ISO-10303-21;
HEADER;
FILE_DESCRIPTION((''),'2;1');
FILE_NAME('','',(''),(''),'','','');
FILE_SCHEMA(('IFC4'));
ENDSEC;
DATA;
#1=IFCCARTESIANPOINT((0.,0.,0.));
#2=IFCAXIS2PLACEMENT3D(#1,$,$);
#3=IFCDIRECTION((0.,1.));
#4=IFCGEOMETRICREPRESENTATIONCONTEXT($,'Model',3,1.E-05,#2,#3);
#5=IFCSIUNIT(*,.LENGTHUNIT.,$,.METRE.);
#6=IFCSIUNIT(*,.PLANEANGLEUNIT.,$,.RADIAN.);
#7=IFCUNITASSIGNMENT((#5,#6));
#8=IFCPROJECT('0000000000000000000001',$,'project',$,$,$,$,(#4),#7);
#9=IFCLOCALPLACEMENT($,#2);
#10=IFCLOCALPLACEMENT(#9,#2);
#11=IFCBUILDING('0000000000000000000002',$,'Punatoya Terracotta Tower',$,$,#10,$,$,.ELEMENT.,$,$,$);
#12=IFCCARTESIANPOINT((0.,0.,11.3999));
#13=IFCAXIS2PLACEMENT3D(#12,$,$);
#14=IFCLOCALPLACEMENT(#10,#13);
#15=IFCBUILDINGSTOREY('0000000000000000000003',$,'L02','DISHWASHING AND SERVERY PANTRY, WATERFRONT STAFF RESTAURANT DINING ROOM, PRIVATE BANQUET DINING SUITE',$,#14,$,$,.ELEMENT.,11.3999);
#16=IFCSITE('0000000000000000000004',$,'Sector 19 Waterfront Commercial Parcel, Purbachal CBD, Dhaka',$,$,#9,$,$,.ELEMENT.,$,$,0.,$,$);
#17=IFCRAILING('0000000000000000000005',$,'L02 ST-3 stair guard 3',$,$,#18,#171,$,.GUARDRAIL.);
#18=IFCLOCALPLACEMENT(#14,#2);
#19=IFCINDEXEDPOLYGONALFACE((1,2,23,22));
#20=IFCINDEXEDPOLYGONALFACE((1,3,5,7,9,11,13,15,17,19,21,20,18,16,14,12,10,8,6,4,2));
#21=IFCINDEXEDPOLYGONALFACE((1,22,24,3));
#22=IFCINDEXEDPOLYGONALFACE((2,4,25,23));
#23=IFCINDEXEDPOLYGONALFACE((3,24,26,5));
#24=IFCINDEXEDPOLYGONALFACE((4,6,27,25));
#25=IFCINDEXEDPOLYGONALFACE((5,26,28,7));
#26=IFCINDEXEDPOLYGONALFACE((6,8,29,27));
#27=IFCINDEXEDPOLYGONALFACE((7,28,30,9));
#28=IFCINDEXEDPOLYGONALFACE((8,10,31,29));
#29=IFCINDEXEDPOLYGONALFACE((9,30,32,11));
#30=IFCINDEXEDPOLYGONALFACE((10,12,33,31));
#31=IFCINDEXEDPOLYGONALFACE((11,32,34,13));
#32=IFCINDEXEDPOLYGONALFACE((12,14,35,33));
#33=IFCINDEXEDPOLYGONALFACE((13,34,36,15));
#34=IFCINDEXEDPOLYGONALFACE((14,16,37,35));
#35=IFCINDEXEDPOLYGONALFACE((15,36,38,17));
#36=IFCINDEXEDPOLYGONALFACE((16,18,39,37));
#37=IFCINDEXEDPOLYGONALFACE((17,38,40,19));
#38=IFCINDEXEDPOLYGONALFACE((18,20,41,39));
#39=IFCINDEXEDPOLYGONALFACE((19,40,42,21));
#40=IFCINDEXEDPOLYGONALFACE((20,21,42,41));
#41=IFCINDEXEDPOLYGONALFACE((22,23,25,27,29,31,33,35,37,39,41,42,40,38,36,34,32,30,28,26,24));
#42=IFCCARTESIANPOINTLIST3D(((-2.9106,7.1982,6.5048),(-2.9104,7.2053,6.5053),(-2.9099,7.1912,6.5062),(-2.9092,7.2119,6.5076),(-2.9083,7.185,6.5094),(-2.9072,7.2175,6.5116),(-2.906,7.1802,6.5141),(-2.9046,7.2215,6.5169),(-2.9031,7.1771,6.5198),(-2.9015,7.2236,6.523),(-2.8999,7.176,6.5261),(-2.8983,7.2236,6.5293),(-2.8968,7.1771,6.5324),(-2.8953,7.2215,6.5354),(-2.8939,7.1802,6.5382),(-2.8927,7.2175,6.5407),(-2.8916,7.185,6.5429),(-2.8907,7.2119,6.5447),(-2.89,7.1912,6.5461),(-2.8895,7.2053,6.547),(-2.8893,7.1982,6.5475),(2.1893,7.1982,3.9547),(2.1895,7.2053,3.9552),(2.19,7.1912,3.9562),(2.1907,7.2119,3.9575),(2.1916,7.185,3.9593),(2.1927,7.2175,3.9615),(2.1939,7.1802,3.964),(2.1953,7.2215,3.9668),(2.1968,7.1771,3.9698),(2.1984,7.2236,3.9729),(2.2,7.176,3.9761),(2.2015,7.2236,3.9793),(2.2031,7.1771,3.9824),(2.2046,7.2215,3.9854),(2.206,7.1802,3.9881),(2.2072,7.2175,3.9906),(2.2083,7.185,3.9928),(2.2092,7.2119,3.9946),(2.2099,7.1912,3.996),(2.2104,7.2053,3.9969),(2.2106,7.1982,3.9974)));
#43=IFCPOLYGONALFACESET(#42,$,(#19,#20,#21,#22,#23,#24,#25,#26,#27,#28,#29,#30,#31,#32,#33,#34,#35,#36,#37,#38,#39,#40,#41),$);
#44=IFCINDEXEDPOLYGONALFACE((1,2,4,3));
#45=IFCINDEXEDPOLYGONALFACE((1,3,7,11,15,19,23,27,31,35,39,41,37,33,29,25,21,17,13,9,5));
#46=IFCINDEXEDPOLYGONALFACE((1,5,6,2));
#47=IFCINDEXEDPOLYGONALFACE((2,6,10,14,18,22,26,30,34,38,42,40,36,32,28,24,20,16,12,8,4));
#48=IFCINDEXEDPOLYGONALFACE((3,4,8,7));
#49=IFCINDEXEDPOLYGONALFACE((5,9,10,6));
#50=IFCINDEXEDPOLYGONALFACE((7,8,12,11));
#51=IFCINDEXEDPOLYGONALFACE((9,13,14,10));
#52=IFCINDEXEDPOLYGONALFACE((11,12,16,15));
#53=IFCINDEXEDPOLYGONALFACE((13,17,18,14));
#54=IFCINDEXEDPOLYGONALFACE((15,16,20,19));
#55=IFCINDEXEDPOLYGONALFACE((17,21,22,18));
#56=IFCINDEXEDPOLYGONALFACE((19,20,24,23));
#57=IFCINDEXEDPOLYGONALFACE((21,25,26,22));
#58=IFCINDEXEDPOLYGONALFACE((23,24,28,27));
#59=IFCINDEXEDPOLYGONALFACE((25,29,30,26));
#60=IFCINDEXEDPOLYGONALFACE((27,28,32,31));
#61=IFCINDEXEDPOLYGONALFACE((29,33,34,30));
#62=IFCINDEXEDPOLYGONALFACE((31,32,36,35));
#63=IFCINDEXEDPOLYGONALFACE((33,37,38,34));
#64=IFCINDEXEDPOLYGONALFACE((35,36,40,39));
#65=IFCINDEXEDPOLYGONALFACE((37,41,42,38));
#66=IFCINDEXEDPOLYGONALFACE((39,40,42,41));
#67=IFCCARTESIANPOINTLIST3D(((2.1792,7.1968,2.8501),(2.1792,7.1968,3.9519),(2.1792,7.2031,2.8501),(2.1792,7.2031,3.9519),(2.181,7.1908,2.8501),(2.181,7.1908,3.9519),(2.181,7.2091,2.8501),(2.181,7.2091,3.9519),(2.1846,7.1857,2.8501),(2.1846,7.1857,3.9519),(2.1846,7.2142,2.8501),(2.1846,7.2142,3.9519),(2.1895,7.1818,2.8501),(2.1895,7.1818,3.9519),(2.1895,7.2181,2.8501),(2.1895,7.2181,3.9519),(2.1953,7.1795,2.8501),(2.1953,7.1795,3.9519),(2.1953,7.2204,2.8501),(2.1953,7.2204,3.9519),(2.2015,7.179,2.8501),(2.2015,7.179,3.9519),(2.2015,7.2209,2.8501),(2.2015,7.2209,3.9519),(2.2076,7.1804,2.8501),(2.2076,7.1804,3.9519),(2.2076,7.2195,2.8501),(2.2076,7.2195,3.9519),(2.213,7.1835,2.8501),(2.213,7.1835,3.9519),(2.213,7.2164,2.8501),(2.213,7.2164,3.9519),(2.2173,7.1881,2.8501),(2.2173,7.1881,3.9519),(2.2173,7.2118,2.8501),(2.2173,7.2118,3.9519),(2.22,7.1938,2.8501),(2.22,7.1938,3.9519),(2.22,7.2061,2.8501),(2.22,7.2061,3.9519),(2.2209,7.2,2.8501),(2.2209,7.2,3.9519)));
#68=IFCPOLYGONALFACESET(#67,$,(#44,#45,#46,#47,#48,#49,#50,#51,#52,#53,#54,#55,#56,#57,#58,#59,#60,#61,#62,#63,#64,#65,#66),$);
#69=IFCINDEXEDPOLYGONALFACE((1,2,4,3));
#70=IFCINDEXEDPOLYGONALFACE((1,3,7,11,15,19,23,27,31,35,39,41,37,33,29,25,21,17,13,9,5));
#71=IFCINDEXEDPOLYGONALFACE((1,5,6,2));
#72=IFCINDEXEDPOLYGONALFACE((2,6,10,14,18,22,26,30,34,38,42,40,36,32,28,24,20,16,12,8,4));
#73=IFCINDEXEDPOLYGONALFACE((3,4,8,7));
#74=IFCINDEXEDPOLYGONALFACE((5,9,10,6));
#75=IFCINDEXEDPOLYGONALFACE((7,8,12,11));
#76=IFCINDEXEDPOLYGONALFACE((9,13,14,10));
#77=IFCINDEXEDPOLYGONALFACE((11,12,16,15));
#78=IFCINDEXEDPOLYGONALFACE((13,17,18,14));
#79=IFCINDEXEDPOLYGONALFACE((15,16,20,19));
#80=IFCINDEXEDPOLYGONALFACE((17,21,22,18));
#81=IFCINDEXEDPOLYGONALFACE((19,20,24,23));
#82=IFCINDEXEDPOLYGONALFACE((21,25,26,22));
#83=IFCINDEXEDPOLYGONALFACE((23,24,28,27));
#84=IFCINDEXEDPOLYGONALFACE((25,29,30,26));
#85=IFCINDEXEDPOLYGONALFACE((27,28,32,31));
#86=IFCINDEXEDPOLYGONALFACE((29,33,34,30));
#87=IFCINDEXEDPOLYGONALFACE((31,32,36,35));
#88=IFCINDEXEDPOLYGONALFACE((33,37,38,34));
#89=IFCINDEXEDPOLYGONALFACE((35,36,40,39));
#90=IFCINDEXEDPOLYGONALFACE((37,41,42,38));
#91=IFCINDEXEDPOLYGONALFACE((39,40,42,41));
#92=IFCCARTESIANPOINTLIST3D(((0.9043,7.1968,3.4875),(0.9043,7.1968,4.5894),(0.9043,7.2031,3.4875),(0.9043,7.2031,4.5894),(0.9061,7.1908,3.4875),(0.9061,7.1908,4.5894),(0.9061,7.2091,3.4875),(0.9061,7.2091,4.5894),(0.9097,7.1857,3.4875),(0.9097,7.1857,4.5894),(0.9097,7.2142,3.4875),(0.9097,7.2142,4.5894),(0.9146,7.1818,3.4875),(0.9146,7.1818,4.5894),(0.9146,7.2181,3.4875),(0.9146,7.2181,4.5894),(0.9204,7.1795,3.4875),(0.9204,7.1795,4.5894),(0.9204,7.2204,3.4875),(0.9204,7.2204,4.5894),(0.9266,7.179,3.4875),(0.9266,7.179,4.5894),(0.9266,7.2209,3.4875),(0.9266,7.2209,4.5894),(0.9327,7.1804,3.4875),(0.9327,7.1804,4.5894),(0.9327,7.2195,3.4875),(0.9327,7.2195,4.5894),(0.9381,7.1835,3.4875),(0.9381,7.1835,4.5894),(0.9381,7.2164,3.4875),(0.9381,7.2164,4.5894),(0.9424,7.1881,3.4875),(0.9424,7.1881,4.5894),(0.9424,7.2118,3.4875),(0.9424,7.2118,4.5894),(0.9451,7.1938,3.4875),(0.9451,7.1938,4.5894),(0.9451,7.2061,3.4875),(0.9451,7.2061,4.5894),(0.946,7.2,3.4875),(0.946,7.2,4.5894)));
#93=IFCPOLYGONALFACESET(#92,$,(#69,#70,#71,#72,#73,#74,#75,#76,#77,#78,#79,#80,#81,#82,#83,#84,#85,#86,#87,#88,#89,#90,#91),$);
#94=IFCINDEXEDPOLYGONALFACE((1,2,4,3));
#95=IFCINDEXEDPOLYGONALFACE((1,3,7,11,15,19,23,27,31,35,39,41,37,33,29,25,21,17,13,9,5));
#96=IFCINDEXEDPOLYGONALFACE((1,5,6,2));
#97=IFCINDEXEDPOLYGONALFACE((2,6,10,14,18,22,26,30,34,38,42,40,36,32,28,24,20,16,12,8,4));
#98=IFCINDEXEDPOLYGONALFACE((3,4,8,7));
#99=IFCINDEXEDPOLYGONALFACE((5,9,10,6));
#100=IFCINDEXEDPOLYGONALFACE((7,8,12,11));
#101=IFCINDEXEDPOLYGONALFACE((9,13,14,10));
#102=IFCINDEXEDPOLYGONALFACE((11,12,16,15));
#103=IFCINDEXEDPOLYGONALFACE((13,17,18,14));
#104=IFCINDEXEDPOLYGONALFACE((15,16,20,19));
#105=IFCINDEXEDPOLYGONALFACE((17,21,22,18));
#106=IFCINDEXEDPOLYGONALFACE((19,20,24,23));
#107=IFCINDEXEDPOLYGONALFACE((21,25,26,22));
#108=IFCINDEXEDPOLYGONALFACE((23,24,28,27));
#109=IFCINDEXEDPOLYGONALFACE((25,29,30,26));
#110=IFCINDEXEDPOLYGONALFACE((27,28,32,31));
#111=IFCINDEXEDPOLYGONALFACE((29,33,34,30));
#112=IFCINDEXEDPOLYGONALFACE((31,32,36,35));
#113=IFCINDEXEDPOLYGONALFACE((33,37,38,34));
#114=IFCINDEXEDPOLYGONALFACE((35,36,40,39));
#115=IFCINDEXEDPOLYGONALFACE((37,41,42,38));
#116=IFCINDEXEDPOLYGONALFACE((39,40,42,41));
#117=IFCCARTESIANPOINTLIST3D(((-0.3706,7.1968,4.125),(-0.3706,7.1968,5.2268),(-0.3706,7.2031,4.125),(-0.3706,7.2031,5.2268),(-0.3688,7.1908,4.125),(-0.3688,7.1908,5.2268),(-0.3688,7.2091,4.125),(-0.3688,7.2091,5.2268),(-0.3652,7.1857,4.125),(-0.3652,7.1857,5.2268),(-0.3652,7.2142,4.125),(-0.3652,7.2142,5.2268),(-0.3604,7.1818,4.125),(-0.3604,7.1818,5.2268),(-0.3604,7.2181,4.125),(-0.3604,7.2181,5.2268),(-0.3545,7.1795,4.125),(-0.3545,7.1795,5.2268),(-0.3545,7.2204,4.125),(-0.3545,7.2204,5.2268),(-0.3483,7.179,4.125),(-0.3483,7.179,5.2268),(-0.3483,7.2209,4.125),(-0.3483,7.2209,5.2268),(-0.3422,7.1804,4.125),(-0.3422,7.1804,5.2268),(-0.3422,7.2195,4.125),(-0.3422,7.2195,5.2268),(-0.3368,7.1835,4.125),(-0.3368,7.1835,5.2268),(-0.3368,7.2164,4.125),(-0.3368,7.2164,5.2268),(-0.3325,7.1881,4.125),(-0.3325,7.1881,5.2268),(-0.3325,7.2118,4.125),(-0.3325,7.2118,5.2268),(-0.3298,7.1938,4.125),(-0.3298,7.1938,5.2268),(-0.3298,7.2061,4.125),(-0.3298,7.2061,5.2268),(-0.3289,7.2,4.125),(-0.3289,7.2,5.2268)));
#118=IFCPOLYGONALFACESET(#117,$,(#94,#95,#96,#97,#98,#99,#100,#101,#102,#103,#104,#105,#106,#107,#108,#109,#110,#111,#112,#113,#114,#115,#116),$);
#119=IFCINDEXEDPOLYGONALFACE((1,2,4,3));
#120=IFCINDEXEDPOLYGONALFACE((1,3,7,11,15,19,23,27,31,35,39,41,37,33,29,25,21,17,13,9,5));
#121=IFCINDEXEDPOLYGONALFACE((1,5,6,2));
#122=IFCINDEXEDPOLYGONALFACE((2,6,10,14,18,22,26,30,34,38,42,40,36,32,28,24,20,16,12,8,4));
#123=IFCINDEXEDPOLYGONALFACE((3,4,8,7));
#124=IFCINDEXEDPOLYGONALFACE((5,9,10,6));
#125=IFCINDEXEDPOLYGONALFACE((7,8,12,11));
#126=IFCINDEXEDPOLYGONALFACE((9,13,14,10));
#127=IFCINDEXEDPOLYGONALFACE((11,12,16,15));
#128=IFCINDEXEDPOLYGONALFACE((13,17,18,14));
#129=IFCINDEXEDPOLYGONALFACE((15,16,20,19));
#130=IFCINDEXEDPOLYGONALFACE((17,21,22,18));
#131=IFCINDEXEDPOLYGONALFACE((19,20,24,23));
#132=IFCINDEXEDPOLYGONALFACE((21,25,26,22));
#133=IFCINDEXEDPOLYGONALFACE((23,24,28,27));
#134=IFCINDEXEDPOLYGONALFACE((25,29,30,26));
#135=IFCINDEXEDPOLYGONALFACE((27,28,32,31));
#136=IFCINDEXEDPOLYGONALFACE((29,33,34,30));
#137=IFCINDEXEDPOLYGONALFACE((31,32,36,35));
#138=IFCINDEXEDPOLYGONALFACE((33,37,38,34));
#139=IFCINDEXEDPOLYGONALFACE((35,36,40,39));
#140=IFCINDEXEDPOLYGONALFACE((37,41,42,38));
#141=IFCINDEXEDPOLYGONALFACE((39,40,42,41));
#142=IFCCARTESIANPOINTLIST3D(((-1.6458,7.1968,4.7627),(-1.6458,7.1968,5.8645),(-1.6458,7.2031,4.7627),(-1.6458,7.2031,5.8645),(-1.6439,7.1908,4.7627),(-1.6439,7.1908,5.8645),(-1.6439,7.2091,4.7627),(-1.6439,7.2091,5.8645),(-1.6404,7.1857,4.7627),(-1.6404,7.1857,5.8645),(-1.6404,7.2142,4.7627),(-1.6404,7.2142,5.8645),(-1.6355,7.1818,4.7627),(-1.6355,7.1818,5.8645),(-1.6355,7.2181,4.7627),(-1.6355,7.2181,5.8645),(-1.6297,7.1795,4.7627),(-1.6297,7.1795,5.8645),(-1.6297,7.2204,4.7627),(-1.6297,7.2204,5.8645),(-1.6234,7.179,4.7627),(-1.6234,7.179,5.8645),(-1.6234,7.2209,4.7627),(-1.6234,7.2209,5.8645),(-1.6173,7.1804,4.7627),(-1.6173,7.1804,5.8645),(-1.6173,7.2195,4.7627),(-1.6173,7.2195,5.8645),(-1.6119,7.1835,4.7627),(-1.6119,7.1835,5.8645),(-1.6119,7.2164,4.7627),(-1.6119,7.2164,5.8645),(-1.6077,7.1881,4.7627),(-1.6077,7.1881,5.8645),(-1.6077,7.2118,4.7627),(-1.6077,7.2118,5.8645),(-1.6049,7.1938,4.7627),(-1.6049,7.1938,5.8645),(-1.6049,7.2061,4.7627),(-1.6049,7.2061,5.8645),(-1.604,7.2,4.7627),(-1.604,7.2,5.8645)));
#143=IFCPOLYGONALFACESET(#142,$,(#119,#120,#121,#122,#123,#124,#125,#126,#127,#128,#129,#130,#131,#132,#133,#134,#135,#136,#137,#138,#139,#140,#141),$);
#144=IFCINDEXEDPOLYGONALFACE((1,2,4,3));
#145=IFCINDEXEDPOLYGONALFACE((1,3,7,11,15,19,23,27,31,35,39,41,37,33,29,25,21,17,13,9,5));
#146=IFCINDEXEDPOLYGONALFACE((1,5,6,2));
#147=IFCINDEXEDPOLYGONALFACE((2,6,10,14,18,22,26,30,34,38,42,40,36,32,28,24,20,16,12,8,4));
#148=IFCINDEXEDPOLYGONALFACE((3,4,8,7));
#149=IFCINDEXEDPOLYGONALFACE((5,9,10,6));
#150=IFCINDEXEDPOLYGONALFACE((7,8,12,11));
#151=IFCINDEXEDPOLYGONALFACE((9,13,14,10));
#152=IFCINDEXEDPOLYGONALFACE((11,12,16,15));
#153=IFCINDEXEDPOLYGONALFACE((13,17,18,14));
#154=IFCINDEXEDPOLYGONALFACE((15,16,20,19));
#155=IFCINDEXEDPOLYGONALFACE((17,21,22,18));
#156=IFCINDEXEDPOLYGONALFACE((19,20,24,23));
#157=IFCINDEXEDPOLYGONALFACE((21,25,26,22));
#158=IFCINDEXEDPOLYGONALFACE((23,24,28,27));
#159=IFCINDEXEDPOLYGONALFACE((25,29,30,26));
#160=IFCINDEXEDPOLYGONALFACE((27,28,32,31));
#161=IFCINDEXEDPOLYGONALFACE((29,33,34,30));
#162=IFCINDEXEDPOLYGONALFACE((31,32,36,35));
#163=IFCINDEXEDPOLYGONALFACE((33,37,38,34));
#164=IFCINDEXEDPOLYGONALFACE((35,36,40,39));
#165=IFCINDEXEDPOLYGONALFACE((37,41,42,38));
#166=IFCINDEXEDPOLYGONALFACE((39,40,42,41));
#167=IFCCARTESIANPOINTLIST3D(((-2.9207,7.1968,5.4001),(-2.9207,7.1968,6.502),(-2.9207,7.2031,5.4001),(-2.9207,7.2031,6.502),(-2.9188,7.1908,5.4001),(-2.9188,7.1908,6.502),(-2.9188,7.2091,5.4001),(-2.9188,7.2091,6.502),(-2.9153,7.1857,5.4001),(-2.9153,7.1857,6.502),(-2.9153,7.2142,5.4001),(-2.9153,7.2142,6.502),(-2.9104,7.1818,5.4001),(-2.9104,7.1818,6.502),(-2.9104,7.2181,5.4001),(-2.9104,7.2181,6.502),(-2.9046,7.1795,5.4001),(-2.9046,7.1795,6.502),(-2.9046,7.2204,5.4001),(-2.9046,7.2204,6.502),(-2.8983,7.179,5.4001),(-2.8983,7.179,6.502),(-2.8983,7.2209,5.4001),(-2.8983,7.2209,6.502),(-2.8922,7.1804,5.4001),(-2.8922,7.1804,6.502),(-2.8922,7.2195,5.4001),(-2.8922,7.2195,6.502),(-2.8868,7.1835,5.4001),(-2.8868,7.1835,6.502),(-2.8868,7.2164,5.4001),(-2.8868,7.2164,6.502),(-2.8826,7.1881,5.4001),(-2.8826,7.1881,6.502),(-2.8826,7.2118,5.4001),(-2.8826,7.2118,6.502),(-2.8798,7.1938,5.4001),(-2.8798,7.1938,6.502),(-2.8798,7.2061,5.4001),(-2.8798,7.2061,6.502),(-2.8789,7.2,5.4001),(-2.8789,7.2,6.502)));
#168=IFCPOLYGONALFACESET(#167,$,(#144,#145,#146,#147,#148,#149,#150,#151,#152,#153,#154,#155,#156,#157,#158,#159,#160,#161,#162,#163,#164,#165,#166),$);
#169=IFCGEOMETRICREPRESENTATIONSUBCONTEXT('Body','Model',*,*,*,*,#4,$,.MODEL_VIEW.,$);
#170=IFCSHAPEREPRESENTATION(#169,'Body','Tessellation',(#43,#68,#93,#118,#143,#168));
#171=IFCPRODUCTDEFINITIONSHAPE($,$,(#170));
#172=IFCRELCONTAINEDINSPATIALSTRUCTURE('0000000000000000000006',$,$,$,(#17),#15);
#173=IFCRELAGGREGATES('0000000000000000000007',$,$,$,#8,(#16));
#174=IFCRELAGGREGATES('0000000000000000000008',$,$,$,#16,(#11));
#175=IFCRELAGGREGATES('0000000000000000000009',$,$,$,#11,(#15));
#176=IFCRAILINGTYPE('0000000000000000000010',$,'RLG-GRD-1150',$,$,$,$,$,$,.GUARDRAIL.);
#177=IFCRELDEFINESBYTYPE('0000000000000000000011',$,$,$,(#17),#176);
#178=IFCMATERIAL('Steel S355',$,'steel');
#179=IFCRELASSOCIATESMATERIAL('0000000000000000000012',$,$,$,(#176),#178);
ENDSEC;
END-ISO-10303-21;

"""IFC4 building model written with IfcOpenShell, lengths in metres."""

from ifc_helpers import new_model, si_unit, direction, frame, origin, origin_2d, place, context, subcontext, project, spatial, circle, extrude, material, type_object, element, save


model = new_model("IFC4")

# Units and contexts
model_context = context("Model", 3, precision=1e-05, world=origin(), true_north=direction((0.0, 1.0)))
body_context = subcontext(model_context, "Body", "Model", "MODEL_VIEW")
ifc_project = project(units=[si_unit("LENGTHUNIT", "METRE"), si_unit("PLANEANGLEUNIT", "RADIAN")], contexts=[model_context])

# Site, building, storey
site_placement = place(None, origin())
site = spatial("IfcSite", under=ifc_project, at=site_placement, Name="Sector 19 Waterfront Commercial Parcel, Purbachal CBD, Dhaka", CompositionType="ELEMENT", RefElevation=0.0)
building_placement = place(site_placement, origin())
building = spatial("IfcBuilding", under=site, at=building_placement, Name="Punatoya Terracotta Tower", CompositionType="ELEMENT")
storey_placement = place(building_placement, frame((0.0, 0.0, 11.3999)))
storey = spatial("IfcBuildingStorey", under=building, at=storey_placement, Name="L02", Description="DISHWASHING AND SERVERY PANTRY, WATERFRONT STAFF RESTAURANT DINING ROOM, PRIVATE BANQUET DINING SUITE", CompositionType="ELEMENT", Elevation=11.3999)

# Shared definitions
ifc_material_1 = material(Name="Steel S355", Category="steel")

# Railing
railing_type_1 = type_object("IfcRailingType", Name="RLG-GRD-1150", PredefinedType="GUARDRAIL", material=ifc_material_1)
railing_1_placement = place(storey_placement, frame((2.2, 7.2, 2.8501)))
element("IfcRailing", 1, at=railing_1_placement, inside=storey, type_object=railing_type_1, Name="L02 ST-3 stair guard 3", PredefinedType="GUARDRAIL", context=body_context, shape_type="SweptSolid", body=[
    extrude(circle(Radius=0.0239, at=origin_2d()), frame((0.0, 0.0, 1.126), z_axis=(-0.894419, 0.0, 0.447231), x_axis=(0.0, -1.0, 0.0)), (0.0, 0.0, 1.0), 5.7019),
    extrude(circle(Radius=0.021, at=origin_2d()), origin(), (0.0, 0.0, 1.0), 1.1018),
    extrude(circle(Radius=0.021, at=origin_2d()), frame((-1.2749, 0.0, 0.6375)), (0.0, 0.0, 1.0), 1.1018),
    extrude(circle(Radius=0.021, at=origin_2d()), frame((-2.5498, 0.0, 1.2749)), (0.0, 0.0, 1.0), 1.1018),
    extrude(circle(Radius=0.021, at=origin_2d()), frame((-3.825, 0.0, 1.9126)), (0.0, 0.0, 1.0), 1.1018),
    extrude(circle(Radius=0.021, at=origin_2d()), frame((-5.0999, 0.0, 2.55)), (0.0, 0.0, 1.0), 1.1018),
])

save(model, "model.ifc")
